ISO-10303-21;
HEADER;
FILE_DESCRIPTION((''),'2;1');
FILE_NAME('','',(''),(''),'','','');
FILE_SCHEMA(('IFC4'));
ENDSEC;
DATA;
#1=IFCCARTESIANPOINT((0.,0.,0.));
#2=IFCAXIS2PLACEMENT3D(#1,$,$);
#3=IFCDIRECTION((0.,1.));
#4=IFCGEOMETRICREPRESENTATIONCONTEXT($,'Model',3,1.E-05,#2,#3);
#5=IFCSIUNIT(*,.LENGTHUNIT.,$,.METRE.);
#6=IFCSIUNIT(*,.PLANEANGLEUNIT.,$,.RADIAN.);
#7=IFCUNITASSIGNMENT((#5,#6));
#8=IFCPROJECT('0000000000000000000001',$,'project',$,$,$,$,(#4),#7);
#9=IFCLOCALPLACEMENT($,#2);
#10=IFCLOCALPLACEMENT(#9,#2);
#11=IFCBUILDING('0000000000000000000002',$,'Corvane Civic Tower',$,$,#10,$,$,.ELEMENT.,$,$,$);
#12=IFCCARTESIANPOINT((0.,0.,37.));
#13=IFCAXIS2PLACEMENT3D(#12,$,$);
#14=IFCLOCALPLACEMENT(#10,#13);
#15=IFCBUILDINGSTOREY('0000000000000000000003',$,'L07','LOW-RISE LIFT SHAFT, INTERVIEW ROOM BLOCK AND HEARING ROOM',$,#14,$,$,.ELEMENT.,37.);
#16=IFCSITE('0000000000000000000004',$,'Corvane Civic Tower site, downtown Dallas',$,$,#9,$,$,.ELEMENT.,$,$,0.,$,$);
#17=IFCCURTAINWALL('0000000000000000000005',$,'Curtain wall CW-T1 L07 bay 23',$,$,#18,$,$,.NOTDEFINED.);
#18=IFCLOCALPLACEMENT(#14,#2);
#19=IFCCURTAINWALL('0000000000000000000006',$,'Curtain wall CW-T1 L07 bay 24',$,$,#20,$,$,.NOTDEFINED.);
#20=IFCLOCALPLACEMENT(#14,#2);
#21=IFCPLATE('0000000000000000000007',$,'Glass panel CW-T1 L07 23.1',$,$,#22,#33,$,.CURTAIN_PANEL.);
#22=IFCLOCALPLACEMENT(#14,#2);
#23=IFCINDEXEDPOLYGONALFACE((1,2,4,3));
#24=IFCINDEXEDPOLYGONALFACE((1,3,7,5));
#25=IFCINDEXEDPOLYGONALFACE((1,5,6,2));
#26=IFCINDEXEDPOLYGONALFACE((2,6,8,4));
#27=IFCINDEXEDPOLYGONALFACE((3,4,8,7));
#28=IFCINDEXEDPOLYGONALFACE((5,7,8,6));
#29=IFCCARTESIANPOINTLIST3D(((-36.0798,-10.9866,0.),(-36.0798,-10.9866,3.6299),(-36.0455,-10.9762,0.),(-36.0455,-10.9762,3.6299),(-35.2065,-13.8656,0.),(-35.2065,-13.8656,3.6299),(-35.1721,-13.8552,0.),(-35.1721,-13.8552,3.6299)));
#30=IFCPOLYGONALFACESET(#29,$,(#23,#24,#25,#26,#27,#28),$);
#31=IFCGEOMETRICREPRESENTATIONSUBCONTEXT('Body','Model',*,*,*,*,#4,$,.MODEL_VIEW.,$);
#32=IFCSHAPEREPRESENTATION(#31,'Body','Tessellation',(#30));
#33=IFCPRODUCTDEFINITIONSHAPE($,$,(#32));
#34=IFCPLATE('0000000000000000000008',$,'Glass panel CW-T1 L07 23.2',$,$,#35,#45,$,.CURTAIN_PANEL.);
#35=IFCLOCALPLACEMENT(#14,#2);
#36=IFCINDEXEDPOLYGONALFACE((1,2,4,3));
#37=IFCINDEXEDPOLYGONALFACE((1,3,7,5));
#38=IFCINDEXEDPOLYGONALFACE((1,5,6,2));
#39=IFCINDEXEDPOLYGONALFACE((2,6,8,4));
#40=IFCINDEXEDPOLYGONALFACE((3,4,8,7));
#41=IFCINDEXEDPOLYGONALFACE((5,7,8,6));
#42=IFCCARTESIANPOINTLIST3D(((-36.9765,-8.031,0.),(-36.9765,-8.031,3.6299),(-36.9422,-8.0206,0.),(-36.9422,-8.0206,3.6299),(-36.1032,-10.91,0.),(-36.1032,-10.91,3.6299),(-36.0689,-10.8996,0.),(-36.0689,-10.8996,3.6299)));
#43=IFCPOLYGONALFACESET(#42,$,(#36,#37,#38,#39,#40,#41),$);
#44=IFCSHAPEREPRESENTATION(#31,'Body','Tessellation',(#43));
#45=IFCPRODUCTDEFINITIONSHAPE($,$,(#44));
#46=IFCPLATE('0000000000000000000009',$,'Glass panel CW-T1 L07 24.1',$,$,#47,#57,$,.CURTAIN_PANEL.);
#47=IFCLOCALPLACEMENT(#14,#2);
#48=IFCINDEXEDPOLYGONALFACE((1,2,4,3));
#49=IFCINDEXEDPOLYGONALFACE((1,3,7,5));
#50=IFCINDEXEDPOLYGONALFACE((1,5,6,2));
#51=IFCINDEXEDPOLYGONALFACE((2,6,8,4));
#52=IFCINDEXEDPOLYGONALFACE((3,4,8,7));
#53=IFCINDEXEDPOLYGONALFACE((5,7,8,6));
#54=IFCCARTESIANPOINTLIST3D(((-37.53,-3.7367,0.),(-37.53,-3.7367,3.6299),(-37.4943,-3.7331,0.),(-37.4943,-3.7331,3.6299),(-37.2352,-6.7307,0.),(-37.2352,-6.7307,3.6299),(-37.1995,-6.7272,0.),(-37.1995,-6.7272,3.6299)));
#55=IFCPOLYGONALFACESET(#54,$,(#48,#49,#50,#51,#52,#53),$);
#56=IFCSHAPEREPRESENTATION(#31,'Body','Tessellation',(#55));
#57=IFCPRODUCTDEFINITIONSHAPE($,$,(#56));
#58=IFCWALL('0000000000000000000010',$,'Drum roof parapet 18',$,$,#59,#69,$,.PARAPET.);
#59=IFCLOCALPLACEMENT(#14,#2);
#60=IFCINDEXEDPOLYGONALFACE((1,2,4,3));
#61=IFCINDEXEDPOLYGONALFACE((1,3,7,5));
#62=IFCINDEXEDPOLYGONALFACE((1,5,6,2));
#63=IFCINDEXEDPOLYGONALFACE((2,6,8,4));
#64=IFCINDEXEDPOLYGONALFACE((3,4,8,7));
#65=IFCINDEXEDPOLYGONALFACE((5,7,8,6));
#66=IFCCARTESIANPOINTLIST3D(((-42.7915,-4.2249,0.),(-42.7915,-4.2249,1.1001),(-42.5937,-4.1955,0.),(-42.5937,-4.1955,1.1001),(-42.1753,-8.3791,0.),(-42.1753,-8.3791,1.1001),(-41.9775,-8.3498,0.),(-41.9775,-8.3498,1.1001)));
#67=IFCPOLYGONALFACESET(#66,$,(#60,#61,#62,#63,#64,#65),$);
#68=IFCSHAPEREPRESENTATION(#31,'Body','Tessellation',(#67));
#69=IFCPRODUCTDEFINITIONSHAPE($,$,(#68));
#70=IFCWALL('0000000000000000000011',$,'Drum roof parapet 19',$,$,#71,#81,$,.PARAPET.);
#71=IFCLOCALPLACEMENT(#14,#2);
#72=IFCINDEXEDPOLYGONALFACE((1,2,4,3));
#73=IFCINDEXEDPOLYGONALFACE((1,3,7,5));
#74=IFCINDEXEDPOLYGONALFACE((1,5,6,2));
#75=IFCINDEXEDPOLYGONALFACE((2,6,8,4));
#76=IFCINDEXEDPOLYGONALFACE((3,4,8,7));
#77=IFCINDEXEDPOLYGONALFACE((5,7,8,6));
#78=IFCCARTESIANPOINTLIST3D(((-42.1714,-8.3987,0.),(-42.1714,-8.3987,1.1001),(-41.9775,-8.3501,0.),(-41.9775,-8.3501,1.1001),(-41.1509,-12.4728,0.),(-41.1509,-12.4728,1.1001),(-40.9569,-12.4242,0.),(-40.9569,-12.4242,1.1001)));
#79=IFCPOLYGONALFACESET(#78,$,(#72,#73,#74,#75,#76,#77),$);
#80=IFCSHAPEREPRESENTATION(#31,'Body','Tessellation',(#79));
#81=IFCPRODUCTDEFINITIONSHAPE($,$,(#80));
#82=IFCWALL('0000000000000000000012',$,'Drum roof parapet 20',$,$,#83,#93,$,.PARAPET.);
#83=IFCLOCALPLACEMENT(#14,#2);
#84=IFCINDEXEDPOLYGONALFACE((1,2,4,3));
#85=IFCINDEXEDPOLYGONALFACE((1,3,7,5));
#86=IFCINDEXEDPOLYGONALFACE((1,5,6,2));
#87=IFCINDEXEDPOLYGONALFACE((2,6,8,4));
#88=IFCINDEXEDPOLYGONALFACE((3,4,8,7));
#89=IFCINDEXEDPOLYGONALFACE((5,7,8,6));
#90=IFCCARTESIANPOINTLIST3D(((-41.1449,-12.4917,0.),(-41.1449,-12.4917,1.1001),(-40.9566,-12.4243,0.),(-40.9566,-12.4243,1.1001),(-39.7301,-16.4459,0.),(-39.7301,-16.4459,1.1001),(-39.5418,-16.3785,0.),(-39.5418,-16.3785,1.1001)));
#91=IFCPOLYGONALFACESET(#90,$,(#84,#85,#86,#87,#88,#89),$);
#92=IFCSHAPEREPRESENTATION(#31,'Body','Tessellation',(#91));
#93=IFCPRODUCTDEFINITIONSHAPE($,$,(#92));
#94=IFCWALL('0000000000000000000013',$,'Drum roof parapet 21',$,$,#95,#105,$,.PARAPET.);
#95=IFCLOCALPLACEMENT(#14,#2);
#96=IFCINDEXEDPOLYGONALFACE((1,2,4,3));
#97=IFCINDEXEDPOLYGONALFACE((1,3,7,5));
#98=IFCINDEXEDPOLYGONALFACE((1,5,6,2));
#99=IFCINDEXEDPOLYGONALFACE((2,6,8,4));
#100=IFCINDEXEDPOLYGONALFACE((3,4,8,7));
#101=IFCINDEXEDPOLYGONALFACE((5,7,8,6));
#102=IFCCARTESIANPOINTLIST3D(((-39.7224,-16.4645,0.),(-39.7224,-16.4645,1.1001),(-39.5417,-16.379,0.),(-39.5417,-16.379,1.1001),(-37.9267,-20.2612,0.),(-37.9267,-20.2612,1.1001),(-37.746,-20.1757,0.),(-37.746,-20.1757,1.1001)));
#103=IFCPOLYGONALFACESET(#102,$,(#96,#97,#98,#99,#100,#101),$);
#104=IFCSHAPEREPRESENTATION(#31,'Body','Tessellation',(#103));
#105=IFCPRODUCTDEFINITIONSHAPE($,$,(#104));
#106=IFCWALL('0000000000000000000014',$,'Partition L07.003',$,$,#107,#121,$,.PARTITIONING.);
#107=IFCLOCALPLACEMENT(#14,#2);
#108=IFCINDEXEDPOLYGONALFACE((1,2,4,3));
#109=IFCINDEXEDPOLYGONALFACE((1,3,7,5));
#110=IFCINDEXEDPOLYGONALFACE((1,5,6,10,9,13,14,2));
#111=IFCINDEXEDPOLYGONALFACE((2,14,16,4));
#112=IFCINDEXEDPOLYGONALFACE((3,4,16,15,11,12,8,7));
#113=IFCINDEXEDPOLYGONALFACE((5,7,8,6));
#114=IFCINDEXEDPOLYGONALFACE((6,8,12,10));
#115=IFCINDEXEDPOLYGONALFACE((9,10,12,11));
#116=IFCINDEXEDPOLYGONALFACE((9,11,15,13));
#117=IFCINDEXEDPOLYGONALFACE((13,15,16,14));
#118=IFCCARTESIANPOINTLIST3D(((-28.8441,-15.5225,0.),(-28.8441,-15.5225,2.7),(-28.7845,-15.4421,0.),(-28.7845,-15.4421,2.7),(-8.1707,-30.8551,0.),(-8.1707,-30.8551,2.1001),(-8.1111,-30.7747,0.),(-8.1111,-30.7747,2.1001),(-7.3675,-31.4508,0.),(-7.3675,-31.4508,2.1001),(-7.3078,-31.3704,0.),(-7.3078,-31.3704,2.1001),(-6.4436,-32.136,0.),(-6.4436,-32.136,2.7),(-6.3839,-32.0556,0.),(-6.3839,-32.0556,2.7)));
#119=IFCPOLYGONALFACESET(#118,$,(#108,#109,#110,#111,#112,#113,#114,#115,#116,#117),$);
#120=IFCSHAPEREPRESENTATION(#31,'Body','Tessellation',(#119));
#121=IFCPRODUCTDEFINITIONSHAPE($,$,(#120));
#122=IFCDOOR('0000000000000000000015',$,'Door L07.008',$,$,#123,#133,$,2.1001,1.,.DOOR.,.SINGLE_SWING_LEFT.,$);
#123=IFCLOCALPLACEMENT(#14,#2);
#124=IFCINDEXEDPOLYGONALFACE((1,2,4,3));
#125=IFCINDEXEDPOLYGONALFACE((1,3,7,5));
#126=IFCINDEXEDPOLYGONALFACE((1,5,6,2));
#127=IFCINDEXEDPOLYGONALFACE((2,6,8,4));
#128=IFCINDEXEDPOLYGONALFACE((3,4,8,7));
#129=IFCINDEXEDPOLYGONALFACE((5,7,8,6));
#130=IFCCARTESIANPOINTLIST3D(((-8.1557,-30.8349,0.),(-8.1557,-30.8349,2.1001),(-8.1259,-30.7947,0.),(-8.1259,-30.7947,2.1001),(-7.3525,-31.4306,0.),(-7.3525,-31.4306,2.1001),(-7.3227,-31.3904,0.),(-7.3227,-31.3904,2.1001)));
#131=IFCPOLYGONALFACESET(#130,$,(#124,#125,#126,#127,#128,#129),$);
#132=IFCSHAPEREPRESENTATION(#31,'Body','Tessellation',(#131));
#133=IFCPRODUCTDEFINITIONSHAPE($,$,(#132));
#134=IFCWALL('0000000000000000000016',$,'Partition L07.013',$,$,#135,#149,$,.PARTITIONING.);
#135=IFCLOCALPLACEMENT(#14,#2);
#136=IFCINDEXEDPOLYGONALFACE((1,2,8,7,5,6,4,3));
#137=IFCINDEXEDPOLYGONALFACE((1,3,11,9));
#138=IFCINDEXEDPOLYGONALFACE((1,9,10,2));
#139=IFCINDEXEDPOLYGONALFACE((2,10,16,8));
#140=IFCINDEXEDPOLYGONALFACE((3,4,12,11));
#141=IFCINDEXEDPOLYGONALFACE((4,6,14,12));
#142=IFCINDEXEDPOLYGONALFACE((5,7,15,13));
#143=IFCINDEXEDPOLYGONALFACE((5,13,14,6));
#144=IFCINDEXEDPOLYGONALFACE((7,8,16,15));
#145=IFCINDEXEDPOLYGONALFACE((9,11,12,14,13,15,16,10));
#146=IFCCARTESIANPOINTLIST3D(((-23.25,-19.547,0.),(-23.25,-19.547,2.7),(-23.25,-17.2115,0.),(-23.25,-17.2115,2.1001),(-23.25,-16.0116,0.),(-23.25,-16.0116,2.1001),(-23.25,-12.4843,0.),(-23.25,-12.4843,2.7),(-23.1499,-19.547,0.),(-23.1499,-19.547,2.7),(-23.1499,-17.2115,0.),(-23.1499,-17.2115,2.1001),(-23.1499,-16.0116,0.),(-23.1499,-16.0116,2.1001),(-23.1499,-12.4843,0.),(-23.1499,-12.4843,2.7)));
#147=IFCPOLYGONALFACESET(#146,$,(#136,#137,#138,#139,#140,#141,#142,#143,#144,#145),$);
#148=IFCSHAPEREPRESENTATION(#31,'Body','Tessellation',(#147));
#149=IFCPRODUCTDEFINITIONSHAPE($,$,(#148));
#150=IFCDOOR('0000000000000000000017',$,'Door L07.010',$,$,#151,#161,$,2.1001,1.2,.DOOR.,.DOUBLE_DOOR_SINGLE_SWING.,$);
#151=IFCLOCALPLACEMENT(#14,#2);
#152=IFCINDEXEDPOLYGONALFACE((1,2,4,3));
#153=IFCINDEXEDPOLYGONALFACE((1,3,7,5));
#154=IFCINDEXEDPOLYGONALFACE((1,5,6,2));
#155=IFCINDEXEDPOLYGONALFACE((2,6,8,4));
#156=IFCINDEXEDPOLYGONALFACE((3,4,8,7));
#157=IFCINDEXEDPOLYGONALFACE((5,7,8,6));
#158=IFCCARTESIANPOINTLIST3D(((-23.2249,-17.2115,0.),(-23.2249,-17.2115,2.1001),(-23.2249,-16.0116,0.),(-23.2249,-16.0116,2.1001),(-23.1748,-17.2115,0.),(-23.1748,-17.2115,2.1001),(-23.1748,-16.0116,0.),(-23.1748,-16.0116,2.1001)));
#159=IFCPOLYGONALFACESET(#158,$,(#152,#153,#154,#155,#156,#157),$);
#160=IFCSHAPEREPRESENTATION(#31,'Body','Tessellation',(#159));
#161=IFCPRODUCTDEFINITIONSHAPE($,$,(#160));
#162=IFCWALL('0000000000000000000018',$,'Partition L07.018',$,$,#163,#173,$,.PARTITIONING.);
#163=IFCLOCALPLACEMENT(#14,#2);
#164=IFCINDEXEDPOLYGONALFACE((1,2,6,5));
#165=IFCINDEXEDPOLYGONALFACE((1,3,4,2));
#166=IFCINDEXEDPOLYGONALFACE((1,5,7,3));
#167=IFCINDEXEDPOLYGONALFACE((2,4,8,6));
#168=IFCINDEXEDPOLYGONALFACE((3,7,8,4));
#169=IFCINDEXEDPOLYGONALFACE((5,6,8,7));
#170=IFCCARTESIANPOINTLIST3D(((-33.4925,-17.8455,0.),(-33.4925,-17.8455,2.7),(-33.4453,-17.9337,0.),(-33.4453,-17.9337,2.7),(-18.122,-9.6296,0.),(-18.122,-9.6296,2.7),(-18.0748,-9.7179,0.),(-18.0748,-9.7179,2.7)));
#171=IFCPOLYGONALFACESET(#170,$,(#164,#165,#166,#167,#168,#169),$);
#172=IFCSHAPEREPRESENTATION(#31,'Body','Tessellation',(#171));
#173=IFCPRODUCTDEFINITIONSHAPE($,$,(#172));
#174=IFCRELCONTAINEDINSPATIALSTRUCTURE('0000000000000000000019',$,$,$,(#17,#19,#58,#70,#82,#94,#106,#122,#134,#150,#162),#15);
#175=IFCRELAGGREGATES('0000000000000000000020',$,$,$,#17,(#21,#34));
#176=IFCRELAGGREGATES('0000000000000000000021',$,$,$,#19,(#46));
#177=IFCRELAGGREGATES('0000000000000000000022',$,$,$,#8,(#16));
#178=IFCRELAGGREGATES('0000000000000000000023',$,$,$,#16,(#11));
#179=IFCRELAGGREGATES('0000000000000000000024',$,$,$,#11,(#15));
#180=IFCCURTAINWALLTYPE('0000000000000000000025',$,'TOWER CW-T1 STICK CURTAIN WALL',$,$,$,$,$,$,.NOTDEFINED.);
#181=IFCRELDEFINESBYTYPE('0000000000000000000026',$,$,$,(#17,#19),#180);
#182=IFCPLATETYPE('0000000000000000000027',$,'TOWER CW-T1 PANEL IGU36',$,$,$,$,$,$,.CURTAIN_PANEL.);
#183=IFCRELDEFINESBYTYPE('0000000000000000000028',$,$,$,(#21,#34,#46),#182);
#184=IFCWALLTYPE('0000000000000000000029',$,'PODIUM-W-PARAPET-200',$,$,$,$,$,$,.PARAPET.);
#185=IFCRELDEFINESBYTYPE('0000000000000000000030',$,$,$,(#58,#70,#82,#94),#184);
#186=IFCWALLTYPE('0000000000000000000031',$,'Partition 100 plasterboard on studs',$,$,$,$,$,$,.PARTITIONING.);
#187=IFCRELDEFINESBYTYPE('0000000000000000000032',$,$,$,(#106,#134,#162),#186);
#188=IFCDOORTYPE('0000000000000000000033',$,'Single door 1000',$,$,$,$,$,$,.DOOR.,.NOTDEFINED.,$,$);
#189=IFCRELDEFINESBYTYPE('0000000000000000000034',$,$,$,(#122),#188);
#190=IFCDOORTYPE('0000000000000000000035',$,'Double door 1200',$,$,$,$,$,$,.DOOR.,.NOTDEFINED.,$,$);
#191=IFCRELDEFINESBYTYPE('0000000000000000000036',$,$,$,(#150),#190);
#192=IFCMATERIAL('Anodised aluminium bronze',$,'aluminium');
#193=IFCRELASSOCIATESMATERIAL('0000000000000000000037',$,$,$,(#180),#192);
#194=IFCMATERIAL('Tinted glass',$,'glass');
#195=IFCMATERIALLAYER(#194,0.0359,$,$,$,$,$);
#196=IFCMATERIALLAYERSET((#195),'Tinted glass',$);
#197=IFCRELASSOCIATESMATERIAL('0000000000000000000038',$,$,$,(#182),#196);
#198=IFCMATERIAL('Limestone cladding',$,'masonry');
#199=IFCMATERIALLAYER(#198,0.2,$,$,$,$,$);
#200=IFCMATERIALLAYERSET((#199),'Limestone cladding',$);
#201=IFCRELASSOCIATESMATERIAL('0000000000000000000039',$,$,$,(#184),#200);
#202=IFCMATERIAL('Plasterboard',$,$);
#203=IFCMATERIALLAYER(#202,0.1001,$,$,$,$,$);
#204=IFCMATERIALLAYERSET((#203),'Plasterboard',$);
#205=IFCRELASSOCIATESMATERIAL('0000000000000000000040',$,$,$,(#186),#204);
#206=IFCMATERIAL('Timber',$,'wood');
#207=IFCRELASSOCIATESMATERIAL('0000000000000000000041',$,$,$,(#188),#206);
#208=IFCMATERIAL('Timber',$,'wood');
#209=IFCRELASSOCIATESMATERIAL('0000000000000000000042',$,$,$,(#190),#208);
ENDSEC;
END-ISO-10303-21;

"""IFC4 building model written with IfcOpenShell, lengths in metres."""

from ifc_helpers import new_model, si_unit, direction, frame, frame_2d, origin, origin_2d, place, context, subcontext, project, spatial, rectangle, extrude, material, layer, layer_set, type_object, element, fill, aggregate, save


model = new_model("IFC4")

# Units and contexts
model_context = context("Model", 3, precision=1e-05, world=origin(), true_north=direction((0.0, 1.0)))
body_context = subcontext(model_context, "Body", "Model", "MODEL_VIEW")
ifc_project = project(units=[si_unit("LENGTHUNIT", "METRE"), si_unit("PLANEANGLEUNIT", "RADIAN")], contexts=[model_context])

# Site, building, storey
site_placement = place(None, origin())
site = spatial("IfcSite", under=ifc_project, at=site_placement, Name="Corvane Civic Tower site, downtown Dallas", CompositionType="ELEMENT", RefElevation=0.0)
building_placement = place(site_placement, origin())
building = spatial("IfcBuilding", under=site, at=building_placement, Name="Corvane Civic Tower", CompositionType="ELEMENT")
storey_placement = place(building_placement, frame((0.0, 0.0, 37.0)))
storey = spatial("IfcBuildingStorey", under=building, at=storey_placement, Name="L07", Description="LOW-RISE LIFT SHAFT, INTERVIEW ROOM BLOCK AND HEARING ROOM", CompositionType="ELEMENT", Elevation=37.0)

# Shared definitions
ifc_material_1 = material(Name="Anodised aluminium bronze", Category="aluminium")
curtain_wall_type = type_object("IfcCurtainWallType", Name="TOWER CW-T1 STICK CURTAIN WALL", PredefinedType="NOTDEFINED", material=ifc_material_1)

# Curtain walls
curtain_wall_1_placement = place(storey_placement, origin())
curtain_wall_1 = element("IfcCurtainWall", 1, at=curtain_wall_1_placement, inside=storey, type_object=curtain_wall_type, Name="Curtain wall CW-T1 L07 bay 23", PredefinedType="NOTDEFINED")
curtain_wall_2_placement = place(storey_placement, origin())
curtain_wall_2 = element("IfcCurtainWall", 2, at=curtain_wall_2_placement, inside=storey, type_object=curtain_wall_type, Name="Curtain wall CW-T1 L07 bay 24", PredefinedType="NOTDEFINED")

# Plates
ifc_material_2 = material(Name="Tinted glass", Category="glass")
ifc_layer_1 = layer(ifc_material_2, 0.0359)
ifc_layer_set_1 = layer_set([ifc_layer_1], Name="Tinted glass")
plate_type = type_object("IfcPlateType", Name="TOWER CW-T1 PANEL IGU36", PredefinedType="CURTAIN_PANEL", material=ifc_layer_set_1)
plate_1_placement = place(storey_placement, frame((-35.626, -12.4209, 0.0), z_axis=(0.0, 0.0, 1.0), x_axis=(-0.290278, 0.956942, 0.0)))
plate_1 = element("IfcPlate", 3, at=plate_1_placement, type_object=plate_type, Name="Glass panel CW-T1 L07 23.1", PredefinedType="CURTAIN_PANEL", context=body_context, shape_type="SweptSolid", body=[
    extrude(rectangle(XDim=3.0085, YDim=0.0359, at=origin_2d()), origin(), (0.0, 0.0, 1.0), 3.6299),
])
plate_2_placement = place(storey_placement, frame((-36.5227, -9.4653, 0.0), z_axis=(0.0, 0.0, 1.0), x_axis=(-0.290278, 0.956942, 0.0)))
plate_2 = element("IfcPlate", 4, at=plate_2_placement, type_object=plate_type, Name="Glass panel CW-T1 L07 23.2", PredefinedType="CURTAIN_PANEL", context=body_context, shape_type="SweptSolid", body=[
    extrude(rectangle(XDim=3.0085, YDim=0.0359, at=origin_2d()), origin(), (0.0, 0.0, 1.0), 3.6299),
])
aggregate(curtain_wall_1, [plate_1, plate_2])
plate_3_placement = place(storey_placement, frame((-37.3647, -5.2319, 0.0), z_axis=(0.0, 0.0, 1.0), x_axis=(-0.098006, 0.995186, 0.0)))
plate_3 = element("IfcPlate", 5, at=plate_3_placement, type_object=plate_type, Name="Glass panel CW-T1 L07 24.1", PredefinedType="CURTAIN_PANEL", context=body_context, shape_type="SweptSolid", body=[
    extrude(rectangle(XDim=3.0085, YDim=0.0359, at=origin_2d()), origin(), (0.0, 0.0, 1.0), 3.6299),
])
aggregate(curtain_wall_2, [plate_3])

# Walls
ifc_material_3 = material(Name="Limestone cladding", Category="masonry")
ifc_layer_2 = layer(ifc_material_3, 0.2)
ifc_layer_set_2 = layer_set([ifc_layer_2], Name="Limestone cladding")
wall_type_1 = type_object("IfcWallType", Name="PODIUM-W-PARAPET-200", PredefinedType="PARAPET", material=ifc_layer_set_2)
wall_1_placement = place(storey_placement, frame((-42.6926, -4.2102, 0.0), z_axis=(0.0, 0.0, 1.0), x_axis=(0.146726, -0.989177, 0.0)))
element("IfcWall", 6, at=wall_1_placement, inside=storey, type_object=wall_type_1, Name="Drum roof parapet 18", PredefinedType="PARAPET", context=body_context, shape_type="SweptSolid", body=[
    extrude(rectangle(XDim=4.1997, YDim=0.2, at=frame_2d((2.0999, 0.0))), origin(), (0.0, 0.0, 1.0), 1.1001),
])
wall_2_placement = place(storey_placement, frame((-42.0745, -8.3743, 0.0), z_axis=(0.0, 0.0, 1.0), x_axis=(0.242987, -0.97003, 0.0)))
element("IfcWall", 7, at=wall_2_placement, inside=storey, type_object=wall_type_1, Name="Drum roof parapet 19", PredefinedType="PARAPET", context=body_context, shape_type="SweptSolid", body=[
    extrude(rectangle(XDim=4.2, YDim=0.2, at=frame_2d((2.1001, 0.0))), origin(), (0.0, 0.0, 1.0), 1.1001),
])
wall_3_placement = place(storey_placement, frame((-41.0508, -12.458, 0.0), z_axis=(0.0, 0.0, 1.0), x_axis=(0.336889, -0.941544, 0.0)))
element("IfcWall", 8, at=wall_3_placement, inside=storey, type_object=wall_type_1, Name="Drum roof parapet 20", PredefinedType="PARAPET", context=body_context, shape_type="SweptSolid", body=[
    extrude(rectangle(XDim=4.1997, YDim=0.2, at=frame_2d((2.0999, 0.0))), origin(), (0.0, 0.0, 1.0), 1.1001),
])
wall_4_placement = place(storey_placement, frame((-39.6321, -16.4216, 0.0), z_axis=(0.0, 0.0, 1.0), x_axis=(0.427552, -0.903991, 0.0)))
element("IfcWall", 9, at=wall_4_placement, inside=storey, type_object=wall_type_1, Name="Drum roof parapet 21", PredefinedType="PARAPET", context=body_context, shape_type="SweptSolid", body=[
    extrude(rectangle(XDim=4.2, YDim=0.2, at=frame_2d((2.1001, 0.0))), origin(), (0.0, 0.0, 1.0), 1.1001),
])

# Walls, openings, doors
ifc_material_4 = material(Name="Plasterboard")
ifc_layer_3 = layer(ifc_material_4, 0.1001)
ifc_layer_set_3 = layer_set([ifc_layer_3], Name="Plasterboard")
wall_type_2 = type_object("IfcWallType", Name="Partition 100 plasterboard on studs", PredefinedType="PARTITIONING", material=ifc_layer_set_3)
wall_5_placement = place(storey_placement, frame((-28.8142, -15.4824, 0.0), z_axis=(0.0, 0.0, 1.0), x_axis=(0.803206, -0.595701, 0.0)))
wall_5 = element("IfcWall", 10, at=wall_5_placement, inside=storey, type_object=wall_type_2, Name="Partition L07.003", PredefinedType="PARTITIONING", context=body_context, shape_type="SweptSolid", body=[
    extrude(rectangle(XDim=27.8889, YDim=0.1001, at=frame_2d((13.9443, 0.0))), origin(), (0.0, 0.0, 1.0), 2.7),
])
opening_1_placement = place(wall_5_placement, frame((25.7385, 0.0, 0.0)))
opening_1 = element("IfcOpeningElement", 11, at=opening_1_placement, cuts=wall_5, PredefinedType="OPENING", context=body_context, shape_type="SweptSolid", body=[
    extrude(rectangle(XDim=1.0, YDim=2.1001, at=frame_2d((0.5, 1.05))), frame((0.0, 0.0601, 0.0), z_axis=(0.0, -1.0, 0.0), x_axis=(1.0, 0.0, 0.0)), (0.0, 0.0, 1.0), 0.1201),
])
ifc_material_5 = material(Name="Timber", Category="wood")
door_type_1 = type_object("IfcDoorType", Name="Single door 1000", OperationType="NOTDEFINED", PredefinedType="DOOR", material=ifc_material_5)
door_1_placement = place(opening_1_placement, frame((1.0, 0.0, 0.0), z_axis=(0.0, 0.0, 1.0), x_axis=(-1.0, 0.0, 0.0)))
door_1 = element("IfcDoor", 12, at=door_1_placement, inside=storey, type_object=door_type_1, Name="Door L07.008", OperationType="SINGLE_SWING_LEFT", OverallHeight=2.1001, OverallWidth=1.0, PredefinedType="DOOR", context=body_context, shape_type="SweptSolid", body=[
    extrude(rectangle(XDim=1.0, YDim=2.1001, at=frame_2d((0.5, 1.05))), frame((0.0, 0.0249, 0.0), z_axis=(0.0, -1.0, 0.0), x_axis=(1.0, 0.0, 0.0)), (0.0, 0.0, 1.0), 0.05),
])
fill(opening_1, door_1)
wall_6_placement = place(storey_placement, frame((-23.2, -19.5469, 0.0), z_axis=(0.0, 0.0, 1.0), x_axis=(0.0, 1.0, 0.0)))
wall_6 = element("IfcWall", 13, at=wall_6_placement, inside=storey, type_object=wall_type_2, Name="Partition L07.013", PredefinedType="PARTITIONING", context=body_context, shape_type="SweptSolid", body=[
    extrude(rectangle(XDim=7.0627, YDim=0.1001, at=frame_2d((3.5312, 0.0))), origin(), (0.0, 0.0, 1.0), 2.7),
])
opening_2_placement = place(wall_6_placement, frame((2.3352, 0.0, 0.0)))
opening_2 = element("IfcOpeningElement", 14, at=opening_2_placement, cuts=wall_6, PredefinedType="OPENING", context=body_context, shape_type="SweptSolid", body=[
    extrude(rectangle(XDim=1.2, YDim=2.1001, at=frame_2d((0.6001, 1.05))), frame((0.0, 0.0601, 0.0), z_axis=(0.0, -1.0, 0.0), x_axis=(1.0, 0.0, 0.0)), (0.0, 0.0, 1.0), 0.1201),
])
ifc_material_6 = material(Name="Timber", Category="wood")
door_type_2 = type_object("IfcDoorType", Name="Double door 1200", OperationType="NOTDEFINED", PredefinedType="DOOR", material=ifc_material_6)
door_2_placement = place(opening_2_placement, origin())
door_2 = element("IfcDoor", 15, at=door_2_placement, inside=storey, type_object=door_type_2, Name="Door L07.010", OperationType="DOUBLE_DOOR_SINGLE_SWING", OverallHeight=2.1001, OverallWidth=1.2, PredefinedType="DOOR", context=body_context, shape_type="SweptSolid", body=[
    extrude(rectangle(XDim=1.2, YDim=2.1001, at=frame_2d((0.6001, 1.05))), frame((0.0, 0.0249, 0.0), z_axis=(0.0, -1.0, 0.0), x_axis=(1.0, 0.0, 0.0)), (0.0, 0.0, 1.0), 0.05),
])
fill(opening_2, door_2)

# Wall
wall_7_placement = place(storey_placement, frame((-33.469, -17.8896, 0.0), z_axis=(0.0, 0.0, 1.0), x_axis=(0.881917, 0.471405, 0.0)))
element("IfcWall", 16, at=wall_7_placement, inside=storey, type_object=wall_type_2, Name="Partition L07.018", PredefinedType="PARTITIONING", context=body_context, shape_type="SweptSolid", body=[
    extrude(rectangle(XDim=17.4285, YDim=0.1001, at=frame_2d((8.7144, 0.0))), origin(), (0.0, 0.0, 1.0), 2.7),
])

save(model, "model.ifc")
